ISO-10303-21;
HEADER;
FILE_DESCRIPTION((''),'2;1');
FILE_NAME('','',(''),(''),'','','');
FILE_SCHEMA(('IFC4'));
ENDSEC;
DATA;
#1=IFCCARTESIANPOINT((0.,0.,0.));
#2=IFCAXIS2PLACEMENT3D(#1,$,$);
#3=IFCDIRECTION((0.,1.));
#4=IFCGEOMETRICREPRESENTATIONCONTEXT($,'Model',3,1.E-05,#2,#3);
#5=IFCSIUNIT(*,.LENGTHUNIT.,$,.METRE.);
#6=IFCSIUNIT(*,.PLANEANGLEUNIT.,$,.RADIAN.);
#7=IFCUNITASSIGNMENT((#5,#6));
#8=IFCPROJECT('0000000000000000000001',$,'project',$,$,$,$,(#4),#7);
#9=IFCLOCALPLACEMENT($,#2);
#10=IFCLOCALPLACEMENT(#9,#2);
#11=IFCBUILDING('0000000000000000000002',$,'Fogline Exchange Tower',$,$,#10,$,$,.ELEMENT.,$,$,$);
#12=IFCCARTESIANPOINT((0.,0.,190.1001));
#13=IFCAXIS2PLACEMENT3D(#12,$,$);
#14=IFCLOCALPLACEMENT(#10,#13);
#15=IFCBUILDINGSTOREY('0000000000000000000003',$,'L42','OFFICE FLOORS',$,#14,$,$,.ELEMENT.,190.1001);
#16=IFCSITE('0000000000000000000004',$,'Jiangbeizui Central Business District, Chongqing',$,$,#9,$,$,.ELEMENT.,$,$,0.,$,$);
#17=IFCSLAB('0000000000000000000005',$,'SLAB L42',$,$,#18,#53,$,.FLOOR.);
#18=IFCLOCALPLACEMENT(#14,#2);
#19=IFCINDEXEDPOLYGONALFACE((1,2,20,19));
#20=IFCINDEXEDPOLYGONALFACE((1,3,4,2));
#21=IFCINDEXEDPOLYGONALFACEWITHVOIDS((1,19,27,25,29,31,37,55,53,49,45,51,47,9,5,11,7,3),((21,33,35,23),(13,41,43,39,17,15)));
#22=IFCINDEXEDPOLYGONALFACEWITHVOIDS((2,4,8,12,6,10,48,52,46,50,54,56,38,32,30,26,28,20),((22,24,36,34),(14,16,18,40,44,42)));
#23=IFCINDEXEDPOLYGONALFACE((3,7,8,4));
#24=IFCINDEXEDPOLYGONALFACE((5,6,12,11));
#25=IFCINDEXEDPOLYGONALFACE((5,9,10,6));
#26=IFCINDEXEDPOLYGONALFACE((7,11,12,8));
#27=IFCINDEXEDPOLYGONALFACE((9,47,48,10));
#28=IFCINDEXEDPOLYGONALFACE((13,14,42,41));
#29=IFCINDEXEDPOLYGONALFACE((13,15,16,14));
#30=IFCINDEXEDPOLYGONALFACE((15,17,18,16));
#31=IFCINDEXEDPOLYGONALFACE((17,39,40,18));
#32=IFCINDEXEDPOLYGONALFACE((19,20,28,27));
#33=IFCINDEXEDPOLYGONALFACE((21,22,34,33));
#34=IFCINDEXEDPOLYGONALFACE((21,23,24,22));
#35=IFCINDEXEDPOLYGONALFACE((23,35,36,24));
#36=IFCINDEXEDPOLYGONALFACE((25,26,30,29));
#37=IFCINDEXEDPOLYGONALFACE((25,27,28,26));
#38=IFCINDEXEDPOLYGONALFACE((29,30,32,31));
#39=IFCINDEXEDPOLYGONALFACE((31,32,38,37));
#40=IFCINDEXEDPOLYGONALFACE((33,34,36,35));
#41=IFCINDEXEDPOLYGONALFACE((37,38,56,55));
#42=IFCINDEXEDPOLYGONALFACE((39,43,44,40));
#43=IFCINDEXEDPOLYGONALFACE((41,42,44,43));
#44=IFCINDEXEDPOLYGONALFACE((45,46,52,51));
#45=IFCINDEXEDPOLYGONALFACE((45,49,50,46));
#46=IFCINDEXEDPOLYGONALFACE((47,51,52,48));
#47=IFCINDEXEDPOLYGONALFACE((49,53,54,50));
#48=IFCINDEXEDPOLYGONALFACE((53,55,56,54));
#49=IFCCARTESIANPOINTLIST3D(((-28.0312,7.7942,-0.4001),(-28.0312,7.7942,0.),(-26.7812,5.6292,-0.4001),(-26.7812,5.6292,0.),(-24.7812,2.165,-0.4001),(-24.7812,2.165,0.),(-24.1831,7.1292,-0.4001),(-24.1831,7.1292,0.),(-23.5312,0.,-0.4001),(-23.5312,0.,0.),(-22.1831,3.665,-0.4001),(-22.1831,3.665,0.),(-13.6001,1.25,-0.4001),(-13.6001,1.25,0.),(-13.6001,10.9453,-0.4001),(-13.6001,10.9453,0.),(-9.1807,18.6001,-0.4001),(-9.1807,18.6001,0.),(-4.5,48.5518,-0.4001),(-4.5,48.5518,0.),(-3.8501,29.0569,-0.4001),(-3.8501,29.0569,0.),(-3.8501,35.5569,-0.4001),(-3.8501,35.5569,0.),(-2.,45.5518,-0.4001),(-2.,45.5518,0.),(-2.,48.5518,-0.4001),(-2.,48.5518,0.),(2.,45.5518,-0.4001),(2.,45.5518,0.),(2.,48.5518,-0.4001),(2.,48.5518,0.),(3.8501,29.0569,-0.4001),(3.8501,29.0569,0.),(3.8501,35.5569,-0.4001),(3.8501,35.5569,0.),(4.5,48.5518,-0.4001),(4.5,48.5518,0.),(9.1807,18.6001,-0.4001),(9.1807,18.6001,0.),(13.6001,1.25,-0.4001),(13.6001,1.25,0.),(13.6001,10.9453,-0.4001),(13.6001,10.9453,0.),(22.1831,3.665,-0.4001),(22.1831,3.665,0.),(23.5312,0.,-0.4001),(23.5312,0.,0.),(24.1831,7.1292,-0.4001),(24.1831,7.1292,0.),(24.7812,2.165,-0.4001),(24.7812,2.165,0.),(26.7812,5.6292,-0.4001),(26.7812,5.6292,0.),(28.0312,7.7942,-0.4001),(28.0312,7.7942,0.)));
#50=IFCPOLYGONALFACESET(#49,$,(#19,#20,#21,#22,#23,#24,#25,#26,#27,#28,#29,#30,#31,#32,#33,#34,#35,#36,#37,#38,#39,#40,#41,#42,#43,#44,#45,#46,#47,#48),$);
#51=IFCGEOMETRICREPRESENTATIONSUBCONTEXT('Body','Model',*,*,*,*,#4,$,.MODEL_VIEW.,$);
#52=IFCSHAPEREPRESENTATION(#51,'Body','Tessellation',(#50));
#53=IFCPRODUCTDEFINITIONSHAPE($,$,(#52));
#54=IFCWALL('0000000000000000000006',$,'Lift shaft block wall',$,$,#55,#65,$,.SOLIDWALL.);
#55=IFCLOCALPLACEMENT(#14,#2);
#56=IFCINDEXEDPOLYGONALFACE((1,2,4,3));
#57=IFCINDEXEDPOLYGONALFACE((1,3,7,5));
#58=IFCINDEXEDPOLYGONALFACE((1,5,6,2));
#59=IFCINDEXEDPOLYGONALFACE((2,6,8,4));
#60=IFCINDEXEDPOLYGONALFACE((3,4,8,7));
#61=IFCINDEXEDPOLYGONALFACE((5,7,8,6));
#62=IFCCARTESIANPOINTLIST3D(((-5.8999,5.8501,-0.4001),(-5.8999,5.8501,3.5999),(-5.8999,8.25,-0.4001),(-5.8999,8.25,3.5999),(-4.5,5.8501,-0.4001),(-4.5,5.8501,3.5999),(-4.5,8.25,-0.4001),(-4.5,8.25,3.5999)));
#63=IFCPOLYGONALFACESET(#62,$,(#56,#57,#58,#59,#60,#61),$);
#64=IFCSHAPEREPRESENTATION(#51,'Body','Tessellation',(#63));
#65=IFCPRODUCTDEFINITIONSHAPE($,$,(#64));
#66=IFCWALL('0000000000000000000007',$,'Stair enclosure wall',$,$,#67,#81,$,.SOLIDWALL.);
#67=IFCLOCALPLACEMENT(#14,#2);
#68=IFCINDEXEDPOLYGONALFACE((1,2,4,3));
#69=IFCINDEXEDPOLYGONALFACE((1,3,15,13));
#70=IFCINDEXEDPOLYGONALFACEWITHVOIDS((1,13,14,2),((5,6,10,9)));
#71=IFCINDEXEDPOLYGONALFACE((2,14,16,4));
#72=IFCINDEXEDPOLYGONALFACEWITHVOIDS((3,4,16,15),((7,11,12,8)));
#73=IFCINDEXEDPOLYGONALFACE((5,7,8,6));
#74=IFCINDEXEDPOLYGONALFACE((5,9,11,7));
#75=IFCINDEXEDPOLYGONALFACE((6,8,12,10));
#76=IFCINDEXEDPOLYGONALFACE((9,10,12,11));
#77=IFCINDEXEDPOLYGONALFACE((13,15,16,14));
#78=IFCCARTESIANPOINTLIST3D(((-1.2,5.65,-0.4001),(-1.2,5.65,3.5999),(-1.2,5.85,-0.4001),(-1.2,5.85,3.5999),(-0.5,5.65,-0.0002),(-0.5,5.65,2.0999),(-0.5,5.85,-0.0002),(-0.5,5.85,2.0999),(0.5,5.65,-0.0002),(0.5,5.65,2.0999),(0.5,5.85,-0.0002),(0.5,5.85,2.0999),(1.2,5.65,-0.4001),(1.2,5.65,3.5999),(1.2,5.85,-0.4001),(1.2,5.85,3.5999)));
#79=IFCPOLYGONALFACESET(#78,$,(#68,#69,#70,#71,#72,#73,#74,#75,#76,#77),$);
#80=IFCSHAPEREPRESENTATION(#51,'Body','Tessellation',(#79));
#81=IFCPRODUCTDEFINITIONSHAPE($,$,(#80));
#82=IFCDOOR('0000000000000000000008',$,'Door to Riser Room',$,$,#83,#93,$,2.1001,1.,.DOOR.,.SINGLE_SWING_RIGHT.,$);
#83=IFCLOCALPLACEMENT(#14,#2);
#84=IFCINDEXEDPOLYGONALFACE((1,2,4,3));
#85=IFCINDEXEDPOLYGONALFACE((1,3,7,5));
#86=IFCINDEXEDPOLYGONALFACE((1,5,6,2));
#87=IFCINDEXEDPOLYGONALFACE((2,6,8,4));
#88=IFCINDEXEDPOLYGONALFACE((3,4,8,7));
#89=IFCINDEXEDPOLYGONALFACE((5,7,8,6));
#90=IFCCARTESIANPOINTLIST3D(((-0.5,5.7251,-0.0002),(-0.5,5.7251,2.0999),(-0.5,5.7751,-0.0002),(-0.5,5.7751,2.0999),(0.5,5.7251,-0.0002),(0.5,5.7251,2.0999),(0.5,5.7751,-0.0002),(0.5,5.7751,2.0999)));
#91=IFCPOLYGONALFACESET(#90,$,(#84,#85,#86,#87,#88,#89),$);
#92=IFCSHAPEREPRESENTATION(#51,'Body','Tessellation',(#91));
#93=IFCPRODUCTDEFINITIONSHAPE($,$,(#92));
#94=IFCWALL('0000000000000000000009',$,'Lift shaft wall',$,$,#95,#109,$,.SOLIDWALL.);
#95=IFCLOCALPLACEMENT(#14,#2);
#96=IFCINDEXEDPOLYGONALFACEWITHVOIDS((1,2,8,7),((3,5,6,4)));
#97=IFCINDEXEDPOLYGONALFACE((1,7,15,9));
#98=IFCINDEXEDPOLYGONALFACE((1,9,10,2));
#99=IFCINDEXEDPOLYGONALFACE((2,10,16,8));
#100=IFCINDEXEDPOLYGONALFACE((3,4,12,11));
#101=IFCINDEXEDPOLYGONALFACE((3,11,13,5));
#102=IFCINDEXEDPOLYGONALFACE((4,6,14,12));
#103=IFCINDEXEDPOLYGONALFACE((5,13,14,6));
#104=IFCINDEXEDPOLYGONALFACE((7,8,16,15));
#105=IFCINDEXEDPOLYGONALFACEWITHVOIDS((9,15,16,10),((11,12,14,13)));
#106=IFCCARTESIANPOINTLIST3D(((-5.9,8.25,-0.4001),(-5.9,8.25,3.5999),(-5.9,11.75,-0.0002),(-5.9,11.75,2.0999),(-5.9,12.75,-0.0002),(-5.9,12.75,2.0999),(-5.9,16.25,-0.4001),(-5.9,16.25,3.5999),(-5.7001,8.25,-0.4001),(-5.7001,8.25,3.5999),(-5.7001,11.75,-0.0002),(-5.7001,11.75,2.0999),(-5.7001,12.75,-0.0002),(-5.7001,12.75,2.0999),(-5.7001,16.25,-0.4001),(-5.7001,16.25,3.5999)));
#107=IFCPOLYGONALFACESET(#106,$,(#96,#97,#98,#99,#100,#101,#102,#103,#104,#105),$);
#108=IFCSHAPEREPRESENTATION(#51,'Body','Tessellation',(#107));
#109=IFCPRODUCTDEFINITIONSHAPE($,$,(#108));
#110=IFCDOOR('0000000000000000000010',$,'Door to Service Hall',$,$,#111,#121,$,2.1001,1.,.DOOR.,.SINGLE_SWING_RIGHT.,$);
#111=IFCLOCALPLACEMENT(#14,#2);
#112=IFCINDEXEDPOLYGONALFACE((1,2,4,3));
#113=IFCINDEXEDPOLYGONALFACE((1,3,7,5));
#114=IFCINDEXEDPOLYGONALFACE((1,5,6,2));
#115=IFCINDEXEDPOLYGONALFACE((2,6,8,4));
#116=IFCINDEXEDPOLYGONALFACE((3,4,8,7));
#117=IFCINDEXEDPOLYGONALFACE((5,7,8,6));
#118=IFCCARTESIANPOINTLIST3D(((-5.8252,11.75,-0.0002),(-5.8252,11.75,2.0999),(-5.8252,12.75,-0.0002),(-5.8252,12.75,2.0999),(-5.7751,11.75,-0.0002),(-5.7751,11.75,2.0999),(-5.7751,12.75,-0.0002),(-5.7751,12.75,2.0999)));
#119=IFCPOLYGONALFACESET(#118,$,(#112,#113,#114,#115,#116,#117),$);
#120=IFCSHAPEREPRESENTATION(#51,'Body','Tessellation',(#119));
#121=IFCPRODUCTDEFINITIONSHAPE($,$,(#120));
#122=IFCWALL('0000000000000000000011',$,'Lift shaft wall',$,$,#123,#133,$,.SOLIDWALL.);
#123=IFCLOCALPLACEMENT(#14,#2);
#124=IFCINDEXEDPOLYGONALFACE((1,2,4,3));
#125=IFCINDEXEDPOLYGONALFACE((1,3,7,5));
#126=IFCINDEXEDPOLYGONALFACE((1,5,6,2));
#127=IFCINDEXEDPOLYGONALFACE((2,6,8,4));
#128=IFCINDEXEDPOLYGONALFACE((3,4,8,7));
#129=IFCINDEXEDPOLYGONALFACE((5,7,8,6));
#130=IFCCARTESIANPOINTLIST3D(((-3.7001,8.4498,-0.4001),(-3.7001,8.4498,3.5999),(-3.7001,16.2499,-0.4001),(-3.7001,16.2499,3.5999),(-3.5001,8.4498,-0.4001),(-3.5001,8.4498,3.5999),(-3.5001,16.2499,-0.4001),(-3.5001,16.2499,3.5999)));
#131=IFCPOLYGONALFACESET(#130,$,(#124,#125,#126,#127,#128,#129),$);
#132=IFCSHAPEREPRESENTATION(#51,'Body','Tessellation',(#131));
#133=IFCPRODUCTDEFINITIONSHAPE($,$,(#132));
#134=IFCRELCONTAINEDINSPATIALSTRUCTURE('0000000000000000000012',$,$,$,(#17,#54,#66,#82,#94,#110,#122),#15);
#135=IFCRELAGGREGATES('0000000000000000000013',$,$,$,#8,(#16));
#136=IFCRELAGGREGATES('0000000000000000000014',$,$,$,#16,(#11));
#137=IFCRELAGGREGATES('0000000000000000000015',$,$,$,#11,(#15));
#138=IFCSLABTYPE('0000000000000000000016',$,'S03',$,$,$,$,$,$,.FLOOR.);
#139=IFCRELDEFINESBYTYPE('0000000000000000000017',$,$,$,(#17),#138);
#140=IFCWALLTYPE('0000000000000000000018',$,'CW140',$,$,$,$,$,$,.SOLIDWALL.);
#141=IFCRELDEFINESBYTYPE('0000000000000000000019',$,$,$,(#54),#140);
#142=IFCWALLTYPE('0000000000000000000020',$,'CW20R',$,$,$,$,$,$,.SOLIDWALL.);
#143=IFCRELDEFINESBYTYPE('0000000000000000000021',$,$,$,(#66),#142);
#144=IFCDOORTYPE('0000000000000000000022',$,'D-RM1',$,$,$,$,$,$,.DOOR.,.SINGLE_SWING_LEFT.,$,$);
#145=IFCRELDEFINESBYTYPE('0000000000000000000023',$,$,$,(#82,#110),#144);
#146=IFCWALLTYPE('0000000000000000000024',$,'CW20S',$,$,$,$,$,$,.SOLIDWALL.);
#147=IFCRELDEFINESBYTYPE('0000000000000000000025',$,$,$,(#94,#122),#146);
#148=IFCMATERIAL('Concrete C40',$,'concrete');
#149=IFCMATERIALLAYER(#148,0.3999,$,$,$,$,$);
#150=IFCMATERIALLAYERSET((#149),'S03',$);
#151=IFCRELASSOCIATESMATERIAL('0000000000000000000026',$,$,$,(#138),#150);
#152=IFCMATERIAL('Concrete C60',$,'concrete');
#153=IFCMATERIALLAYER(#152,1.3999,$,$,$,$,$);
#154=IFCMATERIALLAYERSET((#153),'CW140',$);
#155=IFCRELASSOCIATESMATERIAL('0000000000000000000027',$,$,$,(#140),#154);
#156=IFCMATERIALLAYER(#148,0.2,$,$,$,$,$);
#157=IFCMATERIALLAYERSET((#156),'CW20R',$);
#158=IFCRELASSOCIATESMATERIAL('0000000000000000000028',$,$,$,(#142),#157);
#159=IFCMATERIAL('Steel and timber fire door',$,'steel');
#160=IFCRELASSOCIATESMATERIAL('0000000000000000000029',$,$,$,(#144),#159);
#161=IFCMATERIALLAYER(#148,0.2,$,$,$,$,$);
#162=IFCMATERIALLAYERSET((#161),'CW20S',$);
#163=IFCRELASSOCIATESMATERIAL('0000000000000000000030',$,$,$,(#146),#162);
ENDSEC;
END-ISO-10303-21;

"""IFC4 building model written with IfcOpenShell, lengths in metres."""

from ifc_helpers import new_model, si_unit, direction, frame, frame_2d, origin, place, context, subcontext, project, spatial, polyline, rectangle, outline, extrude, material, layer, layer_set, type_object, element, fill, save


model = new_model("IFC4")

# Units and contexts
model_context = context("Model", 3, precision=1e-05, world=origin(), true_north=direction((0.0, 1.0)))
body_context = subcontext(model_context, "Body", "Model", "MODEL_VIEW")
ifc_project = project(units=[si_unit("LENGTHUNIT", "METRE"), si_unit("PLANEANGLEUNIT", "RADIAN")], contexts=[model_context])

# Site, building, storey
site_placement = place(None, origin())
site = spatial("IfcSite", under=ifc_project, at=site_placement, Name="Jiangbeizui Central Business District, Chongqing", CompositionType="ELEMENT", RefElevation=0.0)
building_placement = place(site_placement, origin())
building = spatial("IfcBuilding", under=site, at=building_placement, Name="Fogline Exchange Tower", CompositionType="ELEMENT")
storey_placement = place(building_placement, frame((0.0, 0.0, 190.1001)))
storey = spatial("IfcBuildingStorey", under=building, at=storey_placement, Name="L42", Description="OFFICE FLOORS", CompositionType="ELEMENT", Elevation=190.1001)

# Slab
ifc_material_1 = material(Name="Concrete C40", Category="concrete")
ifc_layer_1 = layer(ifc_material_1, 0.3999)
ifc_layer_set_1 = layer_set([ifc_layer_1], Name="S03")
slab_type = type_object("IfcSlabType", Name="S03", PredefinedType="FLOOR", material=ifc_layer_set_1)
slab_placement = place(storey_placement, frame((0.0, 0.0, -0.4001)))
element("IfcSlab", 1, at=slab_placement, inside=storey, type_object=slab_type, Name="SLAB L42", PredefinedType="FLOOR", context=body_context, shape_type="SweptSolid", body=[
    extrude(outline(polyline([(-2.0, 48.5518), (-4.5, 48.5518), (-28.0312, 7.7942), (-26.7812, 5.6292), (-24.1831, 7.1292), (-22.1831, 3.665), (-24.7812, 2.165), (-23.5312, 0.0), (23.5312, 0.0), (24.7812, 2.165), (22.1831, 3.665), (24.1831, 7.1292), (26.7812, 5.6292), (28.0312, 7.7942), (4.5, 48.5518), (2.0, 48.5518), (2.0, 45.5518), (-2.0, 45.5518), (-2.0, 48.5518)]), holes=[polyline([(13.6001, 10.9453), (13.6001, 1.25), (-13.6001, 1.25), (-13.6001, 10.9453), (-9.1807, 18.6001), (9.1807, 18.6001), (13.6001, 10.9453)]), polyline([(3.8501, 35.5569), (3.8501, 29.0569), (-3.8501, 29.0569), (-3.8501, 35.5569), (3.8501, 35.5569)])]), origin(), (0.0, 0.0, 1.0), 0.4001),
])

# Wall
ifc_material_2 = material(Name="Concrete C60", Category="concrete")
ifc_layer_2 = layer(ifc_material_2, 1.3999)
ifc_layer_set_2 = layer_set([ifc_layer_2], Name="CW140")
wall_type_1 = type_object("IfcWallType", Name="CW140", PredefinedType="SOLIDWALL", material=ifc_layer_set_2)
wall_1_placement = place(storey_placement, frame((-5.2, 5.8501, -0.4001), z_axis=(0.0, 0.0, 1.0), x_axis=(0.0, 1.0, 0.0)))
element("IfcWall", 2, at=wall_1_placement, inside=storey, type_object=wall_type_1, Name="Lift shaft block wall", PredefinedType="SOLIDWALL", context=body_context, shape_type="SweptSolid", body=[
    extrude(rectangle(XDim=2.3999, YDim=1.3999, at=frame_2d((1.2, 0.0))), origin(), (0.0, 0.0, 1.0), 4.0),
])

# Walls, openings, doors
ifc_layer_3 = layer(ifc_material_1, 0.2)
ifc_layer_set_3 = layer_set([ifc_layer_3], Name="CW20R")
wall_type_2 = type_object("IfcWallType", Name="CW20R", PredefinedType="SOLIDWALL", material=ifc_layer_set_3)
wall_2_placement = place(storey_placement, frame((-1.2, 5.75, -0.4001), z_axis=(0.0, 0.0, 1.0), x_axis=(1.0, 0.0, 0.0)))
wall_2 = element("IfcWall", 3, at=wall_2_placement, inside=storey, type_object=wall_type_2, Name="Stair enclosure wall", PredefinedType="SOLIDWALL", context=body_context, shape_type="SweptSolid", body=[
    extrude(rectangle(XDim=2.3999, YDim=0.2, at=frame_2d((1.2, 0.0))), origin(), (0.0, 0.0, 1.0), 4.0),
])
opening_1_placement = place(wall_2_placement, frame((0.7, 0.0, 0.3999)))
opening_1 = element("IfcOpeningElement", 4, at=opening_1_placement, cuts=wall_2, PredefinedType="OPENING", context=body_context, shape_type="SweptSolid", body=[
    extrude(rectangle(XDim=1.0, YDim=2.1001, at=frame_2d((0.5, 1.05))), frame((0.0, 0.1099, 0.0), z_axis=(0.0, -1.0, 0.0), x_axis=(1.0, 0.0, 0.0)), (0.0, 0.0, 1.0), 0.22),
])
ifc_material_3 = material(Name="Steel and timber fire door", Category="steel")
door_type_1 = type_object("IfcDoorType", Name="D-RM1", OperationType="SINGLE_SWING_LEFT", PredefinedType="DOOR", material=ifc_material_3)
door_1_placement = place(opening_1_placement, frame((1.0, 0.0, 0.0), z_axis=(0.0, 0.0, 1.0), x_axis=(-1.0, 0.0, 0.0)))
door_1 = element("IfcDoor", 5, at=door_1_placement, inside=storey, type_object=door_type_1, Name="Door to Riser Room", OperationType="SINGLE_SWING_RIGHT", OverallHeight=2.1001, OverallWidth=1.0, PredefinedType="DOOR", context=body_context, shape_type="SweptSolid", body=[
    extrude(rectangle(XDim=1.0, YDim=2.1001, at=frame_2d((0.5, 1.05))), frame((0.0, 0.0249, 0.0), z_axis=(0.0, -1.0, 0.0), x_axis=(1.0, 0.0, 0.0)), (0.0, 0.0, 1.0), 0.05),
])
fill(opening_1, door_1)
ifc_layer_4 = layer(ifc_material_1, 0.2)
ifc_layer_set_4 = layer_set([ifc_layer_4], Name="CW20S")
wall_type_3 = type_object("IfcWallType", Name="CW20S", PredefinedType="SOLIDWALL", material=ifc_layer_set_4)
wall_3_placement = place(storey_placement, frame((-5.8, 8.25, -0.4001), z_axis=(0.0, 0.0, 1.0), x_axis=(0.0, 1.0, 0.0)))
wall_3 = element("IfcWall", 6, at=wall_3_placement, inside=storey, type_object=wall_type_3, Name="Lift shaft wall", PredefinedType="SOLIDWALL", context=body_context, shape_type="SweptSolid", body=[
    extrude(rectangle(XDim=8.0, YDim=0.2, at=frame_2d((4.0, 0.0))), origin(), (0.0, 0.0, 1.0), 4.0),
])
opening_2_placement = place(wall_3_placement, frame((3.5, 0.0, 0.3999)))
opening_2 = element("IfcOpeningElement", 7, at=opening_2_placement, cuts=wall_3, PredefinedType="OPENING", context=body_context, shape_type="SweptSolid", body=[
    extrude(rectangle(XDim=1.0, YDim=2.1001, at=frame_2d((0.5, 1.05))), frame((0.0, 0.1099, 0.0), z_axis=(0.0, -1.0, 0.0), x_axis=(1.0, 0.0, 0.0)), (0.0, 0.0, 1.0), 0.22),
])
door_2_placement = place(opening_2_placement, frame((1.0, 0.0, 0.0), z_axis=(0.0, 0.0, 1.0), x_axis=(-1.0, 0.0, 0.0)))
door_2 = element("IfcDoor", 8, at=door_2_placement, inside=storey, type_object=door_type_1, Name="Door to Service Hall", OperationType="SINGLE_SWING_RIGHT", OverallHeight=2.1001, OverallWidth=1.0, PredefinedType="DOOR", context=body_context, shape_type="SweptSolid", body=[
    extrude(rectangle(XDim=1.0, YDim=2.1001, at=frame_2d((0.5, 1.05))), frame((0.0, 0.0249, 0.0), z_axis=(0.0, -1.0, 0.0), x_axis=(1.0, 0.0, 0.0)), (0.0, 0.0, 1.0), 0.05),
])
fill(opening_2, door_2)

# Wall
wall_4_placement = place(storey_placement, frame((-3.6001, 8.45, -0.4001), z_axis=(0.0, 0.0, 1.0), x_axis=(0.0, 1.0, 0.0)))
element("IfcWall", 9, at=wall_4_placement, inside=storey, type_object=wall_type_3, Name="Lift shaft wall", PredefinedType="SOLIDWALL", context=body_context, shape_type="SweptSolid", body=[
    extrude(rectangle(XDim=7.8, YDim=0.2, at=frame_2d((3.8999, 0.0))), origin(), (0.0, 0.0, 1.0), 4.0),
])

save(model, "model.ifc")
